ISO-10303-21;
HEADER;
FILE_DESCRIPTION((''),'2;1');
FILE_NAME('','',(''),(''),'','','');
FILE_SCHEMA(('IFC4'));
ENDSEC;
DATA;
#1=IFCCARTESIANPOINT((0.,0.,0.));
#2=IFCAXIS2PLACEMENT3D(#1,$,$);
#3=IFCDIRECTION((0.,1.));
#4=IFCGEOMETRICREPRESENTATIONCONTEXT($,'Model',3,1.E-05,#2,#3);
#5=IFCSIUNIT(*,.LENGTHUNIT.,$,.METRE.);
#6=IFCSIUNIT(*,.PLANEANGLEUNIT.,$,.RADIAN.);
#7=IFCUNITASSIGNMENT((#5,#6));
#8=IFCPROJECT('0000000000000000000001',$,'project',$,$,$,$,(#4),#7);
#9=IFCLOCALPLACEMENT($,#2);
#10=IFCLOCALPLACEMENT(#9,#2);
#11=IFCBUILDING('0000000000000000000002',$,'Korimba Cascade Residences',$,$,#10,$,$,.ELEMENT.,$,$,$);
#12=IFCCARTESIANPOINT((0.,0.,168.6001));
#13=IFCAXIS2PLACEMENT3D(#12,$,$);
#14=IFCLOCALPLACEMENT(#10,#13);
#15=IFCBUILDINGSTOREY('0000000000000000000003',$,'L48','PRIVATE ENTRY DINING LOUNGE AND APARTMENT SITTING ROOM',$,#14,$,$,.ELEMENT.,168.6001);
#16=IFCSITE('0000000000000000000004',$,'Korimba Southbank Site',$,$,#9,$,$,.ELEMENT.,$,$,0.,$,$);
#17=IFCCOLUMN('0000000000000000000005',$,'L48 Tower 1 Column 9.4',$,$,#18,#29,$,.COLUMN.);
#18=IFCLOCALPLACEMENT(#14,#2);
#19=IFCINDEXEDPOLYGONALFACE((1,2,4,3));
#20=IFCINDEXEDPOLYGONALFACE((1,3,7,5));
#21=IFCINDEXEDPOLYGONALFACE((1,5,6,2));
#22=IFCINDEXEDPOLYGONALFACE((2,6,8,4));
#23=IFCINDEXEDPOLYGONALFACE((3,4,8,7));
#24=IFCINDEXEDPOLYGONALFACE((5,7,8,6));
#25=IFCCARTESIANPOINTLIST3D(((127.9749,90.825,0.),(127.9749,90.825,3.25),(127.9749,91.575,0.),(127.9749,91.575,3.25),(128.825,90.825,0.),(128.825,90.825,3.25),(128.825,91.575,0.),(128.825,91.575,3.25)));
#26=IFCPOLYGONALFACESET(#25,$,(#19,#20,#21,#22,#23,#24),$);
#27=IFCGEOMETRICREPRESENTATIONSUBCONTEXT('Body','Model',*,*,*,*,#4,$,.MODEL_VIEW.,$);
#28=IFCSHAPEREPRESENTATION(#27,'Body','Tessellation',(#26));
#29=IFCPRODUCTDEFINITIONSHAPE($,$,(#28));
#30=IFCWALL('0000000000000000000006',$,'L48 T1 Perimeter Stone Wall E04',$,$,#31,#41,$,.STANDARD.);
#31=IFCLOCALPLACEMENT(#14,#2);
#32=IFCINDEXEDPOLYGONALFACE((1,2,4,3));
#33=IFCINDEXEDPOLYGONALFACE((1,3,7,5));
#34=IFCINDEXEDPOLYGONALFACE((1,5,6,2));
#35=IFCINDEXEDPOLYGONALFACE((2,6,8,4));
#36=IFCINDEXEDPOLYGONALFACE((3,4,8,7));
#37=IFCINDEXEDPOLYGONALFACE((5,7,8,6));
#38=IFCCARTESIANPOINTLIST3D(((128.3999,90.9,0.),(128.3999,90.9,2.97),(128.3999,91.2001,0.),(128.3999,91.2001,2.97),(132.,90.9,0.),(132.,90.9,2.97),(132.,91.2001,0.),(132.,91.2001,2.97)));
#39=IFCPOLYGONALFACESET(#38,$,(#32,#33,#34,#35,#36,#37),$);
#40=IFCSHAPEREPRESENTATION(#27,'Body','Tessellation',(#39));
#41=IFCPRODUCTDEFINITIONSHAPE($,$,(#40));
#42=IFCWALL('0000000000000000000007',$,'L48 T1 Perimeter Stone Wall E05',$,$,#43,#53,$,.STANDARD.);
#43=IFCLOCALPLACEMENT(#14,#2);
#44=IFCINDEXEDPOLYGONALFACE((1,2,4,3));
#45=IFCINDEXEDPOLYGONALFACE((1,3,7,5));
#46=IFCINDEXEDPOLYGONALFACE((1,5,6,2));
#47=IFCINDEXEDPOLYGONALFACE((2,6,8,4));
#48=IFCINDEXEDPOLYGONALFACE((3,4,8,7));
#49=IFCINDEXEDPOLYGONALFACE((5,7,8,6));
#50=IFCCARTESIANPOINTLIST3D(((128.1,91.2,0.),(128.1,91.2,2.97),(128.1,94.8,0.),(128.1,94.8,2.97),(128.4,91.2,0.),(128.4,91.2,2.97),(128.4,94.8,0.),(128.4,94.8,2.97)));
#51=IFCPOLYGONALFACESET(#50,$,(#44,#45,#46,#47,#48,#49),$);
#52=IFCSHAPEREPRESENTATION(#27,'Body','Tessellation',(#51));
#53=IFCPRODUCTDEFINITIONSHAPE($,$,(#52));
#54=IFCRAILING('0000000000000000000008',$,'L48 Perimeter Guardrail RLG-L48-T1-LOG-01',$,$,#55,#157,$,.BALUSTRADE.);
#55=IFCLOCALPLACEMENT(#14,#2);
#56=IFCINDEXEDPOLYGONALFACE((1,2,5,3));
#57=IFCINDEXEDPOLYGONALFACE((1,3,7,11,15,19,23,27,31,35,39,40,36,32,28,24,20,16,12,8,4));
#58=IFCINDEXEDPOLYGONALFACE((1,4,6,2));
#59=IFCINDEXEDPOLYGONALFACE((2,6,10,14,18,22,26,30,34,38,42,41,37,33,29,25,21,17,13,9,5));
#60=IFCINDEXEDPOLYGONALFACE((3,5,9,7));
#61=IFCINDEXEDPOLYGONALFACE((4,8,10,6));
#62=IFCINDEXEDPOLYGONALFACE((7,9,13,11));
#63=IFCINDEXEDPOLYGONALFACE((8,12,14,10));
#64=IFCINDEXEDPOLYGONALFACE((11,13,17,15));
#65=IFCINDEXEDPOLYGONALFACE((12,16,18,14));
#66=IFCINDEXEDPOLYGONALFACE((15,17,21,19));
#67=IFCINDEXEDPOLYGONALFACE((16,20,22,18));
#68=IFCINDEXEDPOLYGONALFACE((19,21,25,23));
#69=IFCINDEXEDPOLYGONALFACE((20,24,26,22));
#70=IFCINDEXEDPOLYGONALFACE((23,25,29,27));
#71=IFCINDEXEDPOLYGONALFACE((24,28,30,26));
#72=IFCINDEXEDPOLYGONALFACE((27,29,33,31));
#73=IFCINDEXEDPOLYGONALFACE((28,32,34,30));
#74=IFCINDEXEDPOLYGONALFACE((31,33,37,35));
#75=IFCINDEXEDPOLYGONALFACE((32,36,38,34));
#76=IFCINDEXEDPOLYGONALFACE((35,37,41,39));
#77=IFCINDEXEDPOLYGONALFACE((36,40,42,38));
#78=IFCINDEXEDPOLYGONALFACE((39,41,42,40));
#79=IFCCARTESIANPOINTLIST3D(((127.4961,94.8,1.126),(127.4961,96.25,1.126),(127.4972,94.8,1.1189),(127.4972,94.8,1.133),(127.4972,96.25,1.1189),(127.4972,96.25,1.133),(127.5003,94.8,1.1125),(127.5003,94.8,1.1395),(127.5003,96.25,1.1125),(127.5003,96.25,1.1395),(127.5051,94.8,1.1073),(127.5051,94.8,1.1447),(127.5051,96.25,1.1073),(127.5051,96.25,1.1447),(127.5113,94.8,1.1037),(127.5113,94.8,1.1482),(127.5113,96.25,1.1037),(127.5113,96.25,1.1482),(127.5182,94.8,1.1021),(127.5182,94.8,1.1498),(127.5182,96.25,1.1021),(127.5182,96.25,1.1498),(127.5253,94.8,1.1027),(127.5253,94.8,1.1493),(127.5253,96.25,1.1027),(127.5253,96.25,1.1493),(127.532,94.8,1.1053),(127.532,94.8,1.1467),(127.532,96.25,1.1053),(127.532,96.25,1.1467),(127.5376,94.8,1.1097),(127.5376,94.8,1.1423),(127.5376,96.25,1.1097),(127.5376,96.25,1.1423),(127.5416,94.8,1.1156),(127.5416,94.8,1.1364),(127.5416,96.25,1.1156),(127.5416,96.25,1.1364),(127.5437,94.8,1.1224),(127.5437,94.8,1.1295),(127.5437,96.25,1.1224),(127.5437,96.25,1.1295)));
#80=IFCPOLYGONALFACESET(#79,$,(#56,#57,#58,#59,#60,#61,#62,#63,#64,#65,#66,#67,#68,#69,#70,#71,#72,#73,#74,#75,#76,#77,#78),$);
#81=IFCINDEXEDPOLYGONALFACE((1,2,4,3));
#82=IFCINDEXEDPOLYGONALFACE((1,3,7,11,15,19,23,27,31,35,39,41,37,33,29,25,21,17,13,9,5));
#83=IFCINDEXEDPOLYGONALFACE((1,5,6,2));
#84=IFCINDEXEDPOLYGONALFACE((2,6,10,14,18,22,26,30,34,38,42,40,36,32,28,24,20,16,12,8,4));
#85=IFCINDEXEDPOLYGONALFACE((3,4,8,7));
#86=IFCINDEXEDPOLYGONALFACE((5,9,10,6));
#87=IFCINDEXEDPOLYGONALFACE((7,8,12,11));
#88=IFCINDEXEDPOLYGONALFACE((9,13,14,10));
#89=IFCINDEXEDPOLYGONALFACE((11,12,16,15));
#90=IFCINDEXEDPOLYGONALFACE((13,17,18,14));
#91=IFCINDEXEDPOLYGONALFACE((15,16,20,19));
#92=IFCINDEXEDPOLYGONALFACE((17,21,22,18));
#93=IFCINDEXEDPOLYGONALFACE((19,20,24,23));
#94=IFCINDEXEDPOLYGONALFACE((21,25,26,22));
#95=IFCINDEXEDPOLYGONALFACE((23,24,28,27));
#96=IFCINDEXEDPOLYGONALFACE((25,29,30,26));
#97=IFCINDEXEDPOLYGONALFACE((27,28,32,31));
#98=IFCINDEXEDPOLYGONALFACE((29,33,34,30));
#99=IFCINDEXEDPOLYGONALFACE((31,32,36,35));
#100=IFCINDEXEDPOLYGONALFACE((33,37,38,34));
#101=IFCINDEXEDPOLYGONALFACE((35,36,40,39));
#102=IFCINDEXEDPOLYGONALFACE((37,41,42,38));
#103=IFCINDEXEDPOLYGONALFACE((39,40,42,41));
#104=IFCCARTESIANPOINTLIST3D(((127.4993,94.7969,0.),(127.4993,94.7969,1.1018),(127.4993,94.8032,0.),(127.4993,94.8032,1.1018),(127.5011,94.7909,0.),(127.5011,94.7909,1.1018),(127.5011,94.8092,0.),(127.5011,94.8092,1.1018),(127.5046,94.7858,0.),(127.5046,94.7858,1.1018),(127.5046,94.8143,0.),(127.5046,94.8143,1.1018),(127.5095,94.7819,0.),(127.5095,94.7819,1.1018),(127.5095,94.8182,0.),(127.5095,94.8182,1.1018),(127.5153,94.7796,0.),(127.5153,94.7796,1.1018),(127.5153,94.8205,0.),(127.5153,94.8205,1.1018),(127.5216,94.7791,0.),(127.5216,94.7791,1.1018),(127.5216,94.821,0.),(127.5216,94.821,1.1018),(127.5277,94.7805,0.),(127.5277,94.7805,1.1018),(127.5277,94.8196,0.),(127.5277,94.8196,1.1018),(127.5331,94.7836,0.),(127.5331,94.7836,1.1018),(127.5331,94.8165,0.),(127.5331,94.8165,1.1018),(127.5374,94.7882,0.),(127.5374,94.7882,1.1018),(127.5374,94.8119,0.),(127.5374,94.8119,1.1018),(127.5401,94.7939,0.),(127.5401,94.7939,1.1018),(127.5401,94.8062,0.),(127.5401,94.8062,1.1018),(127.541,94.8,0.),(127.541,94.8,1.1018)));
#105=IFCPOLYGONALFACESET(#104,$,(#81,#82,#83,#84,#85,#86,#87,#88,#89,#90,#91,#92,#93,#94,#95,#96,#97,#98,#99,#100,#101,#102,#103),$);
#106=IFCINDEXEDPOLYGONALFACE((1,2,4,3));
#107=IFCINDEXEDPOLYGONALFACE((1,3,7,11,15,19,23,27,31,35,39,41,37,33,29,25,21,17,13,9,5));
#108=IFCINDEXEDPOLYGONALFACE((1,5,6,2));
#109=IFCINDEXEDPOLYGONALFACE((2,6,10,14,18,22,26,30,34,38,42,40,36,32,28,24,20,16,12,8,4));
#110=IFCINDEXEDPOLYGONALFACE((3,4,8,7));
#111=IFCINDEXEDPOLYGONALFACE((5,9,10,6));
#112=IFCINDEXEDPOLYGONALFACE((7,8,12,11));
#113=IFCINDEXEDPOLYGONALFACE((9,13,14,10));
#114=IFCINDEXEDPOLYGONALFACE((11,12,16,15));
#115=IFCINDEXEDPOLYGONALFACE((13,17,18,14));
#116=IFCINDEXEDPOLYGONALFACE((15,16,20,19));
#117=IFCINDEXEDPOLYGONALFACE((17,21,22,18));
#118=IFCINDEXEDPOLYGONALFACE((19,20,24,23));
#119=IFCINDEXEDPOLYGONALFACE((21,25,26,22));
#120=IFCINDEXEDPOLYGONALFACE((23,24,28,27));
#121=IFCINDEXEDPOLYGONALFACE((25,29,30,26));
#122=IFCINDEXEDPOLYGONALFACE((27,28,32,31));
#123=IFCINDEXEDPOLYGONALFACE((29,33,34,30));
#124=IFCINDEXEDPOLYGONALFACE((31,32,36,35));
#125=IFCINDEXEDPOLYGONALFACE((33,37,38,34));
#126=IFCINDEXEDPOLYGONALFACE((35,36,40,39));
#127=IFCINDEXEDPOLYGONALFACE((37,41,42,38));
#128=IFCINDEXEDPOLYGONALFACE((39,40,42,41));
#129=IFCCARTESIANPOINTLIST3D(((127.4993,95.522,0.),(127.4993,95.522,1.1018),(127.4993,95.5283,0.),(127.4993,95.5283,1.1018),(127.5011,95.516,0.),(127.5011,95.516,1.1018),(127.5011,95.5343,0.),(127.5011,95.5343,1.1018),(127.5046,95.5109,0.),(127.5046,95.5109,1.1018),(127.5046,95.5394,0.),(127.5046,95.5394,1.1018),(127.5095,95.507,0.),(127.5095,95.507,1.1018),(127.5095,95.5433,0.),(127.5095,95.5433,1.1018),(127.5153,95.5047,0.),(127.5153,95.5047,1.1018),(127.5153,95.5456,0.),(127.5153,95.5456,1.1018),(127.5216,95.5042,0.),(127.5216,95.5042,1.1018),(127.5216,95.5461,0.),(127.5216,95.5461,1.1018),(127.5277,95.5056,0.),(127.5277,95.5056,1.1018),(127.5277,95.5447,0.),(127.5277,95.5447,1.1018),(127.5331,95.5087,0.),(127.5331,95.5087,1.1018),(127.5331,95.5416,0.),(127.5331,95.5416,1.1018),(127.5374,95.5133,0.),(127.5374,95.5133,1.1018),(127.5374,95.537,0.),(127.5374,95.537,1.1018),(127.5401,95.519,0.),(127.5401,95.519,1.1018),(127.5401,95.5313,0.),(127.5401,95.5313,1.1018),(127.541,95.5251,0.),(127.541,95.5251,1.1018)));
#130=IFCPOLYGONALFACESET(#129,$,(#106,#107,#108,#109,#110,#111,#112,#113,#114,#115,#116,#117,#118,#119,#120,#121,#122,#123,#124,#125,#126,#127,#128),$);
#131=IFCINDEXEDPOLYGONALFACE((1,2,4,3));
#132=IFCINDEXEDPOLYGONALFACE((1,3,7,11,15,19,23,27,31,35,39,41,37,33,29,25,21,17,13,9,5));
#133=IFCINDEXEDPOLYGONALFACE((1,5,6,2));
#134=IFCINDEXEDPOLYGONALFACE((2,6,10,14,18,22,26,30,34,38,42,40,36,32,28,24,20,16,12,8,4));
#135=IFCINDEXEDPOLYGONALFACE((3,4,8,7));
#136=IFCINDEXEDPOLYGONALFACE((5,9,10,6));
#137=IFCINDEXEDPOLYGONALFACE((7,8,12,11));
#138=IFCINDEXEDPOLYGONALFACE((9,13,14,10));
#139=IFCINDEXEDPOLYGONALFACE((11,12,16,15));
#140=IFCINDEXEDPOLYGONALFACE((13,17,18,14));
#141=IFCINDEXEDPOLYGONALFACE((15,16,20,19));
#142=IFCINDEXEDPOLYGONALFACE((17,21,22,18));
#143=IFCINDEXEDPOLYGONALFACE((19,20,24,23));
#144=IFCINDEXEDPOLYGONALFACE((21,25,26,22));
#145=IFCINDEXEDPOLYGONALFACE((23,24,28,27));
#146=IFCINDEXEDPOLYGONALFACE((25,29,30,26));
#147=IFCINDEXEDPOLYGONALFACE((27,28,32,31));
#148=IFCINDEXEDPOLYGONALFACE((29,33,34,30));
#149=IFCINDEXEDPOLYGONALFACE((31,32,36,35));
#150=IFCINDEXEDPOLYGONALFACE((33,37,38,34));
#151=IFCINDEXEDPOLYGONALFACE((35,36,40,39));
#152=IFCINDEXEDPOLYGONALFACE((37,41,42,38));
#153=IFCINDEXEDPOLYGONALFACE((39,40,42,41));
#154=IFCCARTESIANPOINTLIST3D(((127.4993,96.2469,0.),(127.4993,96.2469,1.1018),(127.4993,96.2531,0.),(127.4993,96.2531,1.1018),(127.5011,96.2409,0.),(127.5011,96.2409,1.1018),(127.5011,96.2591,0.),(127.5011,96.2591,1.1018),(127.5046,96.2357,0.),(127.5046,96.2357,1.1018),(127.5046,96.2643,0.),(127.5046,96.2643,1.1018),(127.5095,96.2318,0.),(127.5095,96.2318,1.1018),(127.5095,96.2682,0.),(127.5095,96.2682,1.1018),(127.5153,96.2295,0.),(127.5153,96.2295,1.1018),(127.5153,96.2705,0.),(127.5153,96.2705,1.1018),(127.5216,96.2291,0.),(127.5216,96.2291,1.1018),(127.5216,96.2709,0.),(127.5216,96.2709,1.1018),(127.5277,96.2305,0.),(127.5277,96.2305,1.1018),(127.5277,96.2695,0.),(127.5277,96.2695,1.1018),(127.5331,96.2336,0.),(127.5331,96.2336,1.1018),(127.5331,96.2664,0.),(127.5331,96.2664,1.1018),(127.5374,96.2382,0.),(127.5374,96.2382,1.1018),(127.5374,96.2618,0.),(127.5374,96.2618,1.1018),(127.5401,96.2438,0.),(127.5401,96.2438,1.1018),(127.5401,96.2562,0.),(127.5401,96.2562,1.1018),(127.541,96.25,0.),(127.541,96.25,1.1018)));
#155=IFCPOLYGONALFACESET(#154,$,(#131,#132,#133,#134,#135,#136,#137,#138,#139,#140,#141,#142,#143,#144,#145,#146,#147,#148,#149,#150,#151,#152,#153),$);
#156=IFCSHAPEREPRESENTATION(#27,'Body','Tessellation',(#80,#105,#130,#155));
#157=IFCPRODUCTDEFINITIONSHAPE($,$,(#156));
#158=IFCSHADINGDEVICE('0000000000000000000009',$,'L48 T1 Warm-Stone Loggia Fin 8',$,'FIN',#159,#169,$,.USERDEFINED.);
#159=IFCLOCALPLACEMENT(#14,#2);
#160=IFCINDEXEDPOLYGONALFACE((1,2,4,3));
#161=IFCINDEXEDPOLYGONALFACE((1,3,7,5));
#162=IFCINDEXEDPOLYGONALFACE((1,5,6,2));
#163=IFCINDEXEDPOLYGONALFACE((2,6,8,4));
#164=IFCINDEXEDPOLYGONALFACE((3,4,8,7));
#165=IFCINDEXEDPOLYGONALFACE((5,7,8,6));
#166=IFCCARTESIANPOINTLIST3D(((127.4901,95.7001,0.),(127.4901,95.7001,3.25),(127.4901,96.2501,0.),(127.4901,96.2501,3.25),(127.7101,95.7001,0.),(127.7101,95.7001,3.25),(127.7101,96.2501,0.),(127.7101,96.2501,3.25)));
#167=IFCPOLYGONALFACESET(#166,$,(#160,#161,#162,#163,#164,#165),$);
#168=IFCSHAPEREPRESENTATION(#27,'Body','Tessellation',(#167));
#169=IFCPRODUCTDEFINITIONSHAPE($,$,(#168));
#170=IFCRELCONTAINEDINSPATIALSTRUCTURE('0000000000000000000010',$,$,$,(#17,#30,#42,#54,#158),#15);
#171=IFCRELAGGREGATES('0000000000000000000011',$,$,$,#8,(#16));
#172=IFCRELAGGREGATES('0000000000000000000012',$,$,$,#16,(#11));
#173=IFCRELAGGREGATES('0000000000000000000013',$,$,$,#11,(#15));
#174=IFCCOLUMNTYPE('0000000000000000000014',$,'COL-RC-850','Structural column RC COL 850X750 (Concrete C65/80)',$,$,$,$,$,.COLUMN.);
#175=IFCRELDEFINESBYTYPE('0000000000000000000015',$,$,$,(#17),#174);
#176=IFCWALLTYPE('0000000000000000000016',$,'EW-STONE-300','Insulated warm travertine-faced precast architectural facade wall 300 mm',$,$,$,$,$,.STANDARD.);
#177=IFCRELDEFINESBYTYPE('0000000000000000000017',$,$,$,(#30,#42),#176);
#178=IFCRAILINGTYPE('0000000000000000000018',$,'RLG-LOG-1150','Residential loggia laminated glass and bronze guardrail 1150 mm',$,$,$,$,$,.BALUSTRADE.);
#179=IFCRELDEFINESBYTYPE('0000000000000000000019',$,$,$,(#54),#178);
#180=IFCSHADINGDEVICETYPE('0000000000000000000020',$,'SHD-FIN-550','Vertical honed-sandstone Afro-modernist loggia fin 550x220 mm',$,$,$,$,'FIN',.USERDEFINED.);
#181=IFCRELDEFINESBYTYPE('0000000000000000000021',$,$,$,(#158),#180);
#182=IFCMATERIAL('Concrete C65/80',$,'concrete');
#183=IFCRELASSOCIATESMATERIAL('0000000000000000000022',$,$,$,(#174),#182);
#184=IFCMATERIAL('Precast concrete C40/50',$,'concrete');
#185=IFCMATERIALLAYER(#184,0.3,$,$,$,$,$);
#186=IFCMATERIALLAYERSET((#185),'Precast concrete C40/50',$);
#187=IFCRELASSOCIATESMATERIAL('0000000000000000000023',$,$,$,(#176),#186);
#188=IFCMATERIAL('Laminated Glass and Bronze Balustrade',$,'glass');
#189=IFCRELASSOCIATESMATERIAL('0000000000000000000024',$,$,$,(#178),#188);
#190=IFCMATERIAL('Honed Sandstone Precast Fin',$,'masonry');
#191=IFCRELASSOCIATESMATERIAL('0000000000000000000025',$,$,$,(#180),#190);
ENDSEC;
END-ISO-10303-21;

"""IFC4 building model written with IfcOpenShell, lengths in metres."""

from ifc_helpers import new_model, si_unit, direction, frame, frame_2d, origin, origin_2d, place, context, subcontext, project, spatial, rectangle, circle, extrude, material, layer, layer_set, material_profile, profile_set, type_object, element, save


model = new_model("IFC4")

# Units and contexts
model_context = context("Model", 3, precision=1e-05, world=origin(), true_north=direction((0.0, 1.0)))
body_context = subcontext(model_context, "Body", "Model", "MODEL_VIEW")
ifc_project = project(units=[si_unit("LENGTHUNIT", "METRE"), si_unit("PLANEANGLEUNIT", "RADIAN")], contexts=[model_context])

# Site, building, storey
site_placement = place(None, origin())
site = spatial("IfcSite", under=ifc_project, at=site_placement, Name="Korimba Southbank Site", CompositionType="ELEMENT", RefElevation=0.0)
building_placement = place(site_placement, origin())
building = spatial("IfcBuilding", under=site, at=building_placement, Name="Korimba Cascade Residences", CompositionType="ELEMENT")
storey_placement = place(building_placement, frame((0.0, 0.0, 168.6001)))
storey = spatial("IfcBuildingStorey", under=building, at=storey_placement, Name="L48", Description="PRIVATE ENTRY DINING LOUNGE AND APARTMENT SITTING ROOM", CompositionType="ELEMENT", Elevation=168.6001)

# Column
ifc_material_1 = material(Name="Concrete C65/80", Category="concrete")
ifc_material_profile = material_profile(ifc_material_1, rectangle(XDim=0.8501, YDim=0.75, at=origin_2d()), Name="Concrete C65/80")
ifc_profile_set = profile_set([ifc_material_profile], Name="Concrete C65/80")
column_type = type_object("IfcColumnType", Name="COL-RC-850", Description="Structural column RC COL 850X750 (Concrete C65/80)", PredefinedType="COLUMN", material=ifc_profile_set)
column_placement = place(storey_placement, frame((128.3999, 91.2, 0.0), z_axis=(0.0, 0.0, 1.0), x_axis=(1.0, 0.0, 0.0)))
element("IfcColumn", 1, at=column_placement, inside=storey, type_object=column_type, Name="L48 Tower 1 Column 9.4", PredefinedType="COLUMN", context=body_context, shape_type="SweptSolid", body=[
    extrude(rectangle(XDim=0.8501, YDim=0.75, at=origin_2d()), origin(), (0.0, 0.0, 1.0), 3.25),
])

# Shared definitions
ifc_material_2 = material(Name="Precast concrete C40/50", Category="concrete")

# Walls
ifc_layer_1 = layer(ifc_material_2, 0.3)
ifc_layer_set_1 = layer_set([ifc_layer_1], Name="Precast concrete C40/50")
wall_type_1 = type_object("IfcWallType", Name="EW-STONE-300", Description="Insulated warm travertine-faced precast architectural facade wall 300 mm", PredefinedType="STANDARD", material=ifc_layer_set_1)
for number, where, z_axis, x_axis, name in (
    (2, (132.0, 91.05, 0.0), (0.0, 0.0, 1.0), (-1.0, 0.0, 0.0), "L48 T1 Perimeter Stone Wall E04"),
    (3, (128.25, 91.2, 0.0), (0.0, 0.0, 1.0), (0.0, 1.0, 0.0), "L48 T1 Perimeter Stone Wall E05"),
):
    element("IfcWall", number, at=place(storey_placement, frame(where, z_axis=z_axis, x_axis=x_axis)), inside=storey, type_object=wall_type_1, Name=name, PredefinedType="STANDARD", context=body_context, shape_type="SweptSolid", body=[
        extrude(rectangle(XDim=3.6001, YDim=0.3, at=frame_2d((1.8, 0.0))), origin(), (0.0, 0.0, 1.0), 2.97),
    ])

# Railing
ifc_material_3 = material(Name="Laminated Glass and Bronze Balustrade", Category="glass")
railing_type = type_object("IfcRailingType", Name="RLG-LOG-1150", Description="Residential loggia laminated glass and bronze guardrail 1150 mm", PredefinedType="BALUSTRADE", material=ifc_material_3)
railing_1_placement = place(storey_placement, frame((127.52, 94.8, 0.0)))
element("IfcRailing", 4, at=railing_1_placement, inside=storey, type_object=railing_type, Name="L48 Perimeter Guardrail RLG-L48-T1-LOG-01", PredefinedType="BALUSTRADE", context=body_context, shape_type="SweptSolid", body=[
    extrude(circle(Radius=0.0239, at=origin_2d()), frame((0.0, 0.0, 1.126), z_axis=(0.0, 1.0, 0.0), x_axis=(-1.0, 0.0, 0.0)), (0.0, 0.0, 1.0), 1.45),
    extrude(circle(Radius=0.021, at=origin_2d()), origin(), (0.0, 0.0, 1.0), 1.1018),
    extrude(circle(Radius=0.021, at=origin_2d()), frame((0.0, 0.7251, 0.0)), (0.0, 0.0, 1.0), 1.1018),
    extrude(circle(Radius=0.021, at=origin_2d()), frame((0.0, 1.45, 0.0)), (0.0, 0.0, 1.0), 1.1018),
])

# Shading device
ifc_material_4 = material(Name="Honed Sandstone Precast Fin", Category="masonry")
shading_device_type = type_object("IfcShadingDeviceType", Name="SHD-FIN-550", Description="Vertical honed-sandstone Afro-modernist loggia fin 550x220 mm", ElementType="FIN", PredefinedType="USERDEFINED", material=ifc_material_4)
shading_device_placement = place(storey_placement, frame((127.6001, 95.9751, 0.0), z_axis=(0.0, 0.0, 1.0), x_axis=(1.0, 0.0, 0.0)))
element("IfcShadingDevice", 5, at=shading_device_placement, inside=storey, type_object=shading_device_type, Name="L48 T1 Warm-Stone Loggia Fin 8", ObjectType="FIN", PredefinedType="USERDEFINED", context=body_context, shape_type="SweptSolid", body=[
    extrude(rectangle(XDim=0.22, YDim=0.55, at=origin_2d()), origin(), (0.0, 0.0, 1.0), 3.25),
])

save(model, "model.ifc")
